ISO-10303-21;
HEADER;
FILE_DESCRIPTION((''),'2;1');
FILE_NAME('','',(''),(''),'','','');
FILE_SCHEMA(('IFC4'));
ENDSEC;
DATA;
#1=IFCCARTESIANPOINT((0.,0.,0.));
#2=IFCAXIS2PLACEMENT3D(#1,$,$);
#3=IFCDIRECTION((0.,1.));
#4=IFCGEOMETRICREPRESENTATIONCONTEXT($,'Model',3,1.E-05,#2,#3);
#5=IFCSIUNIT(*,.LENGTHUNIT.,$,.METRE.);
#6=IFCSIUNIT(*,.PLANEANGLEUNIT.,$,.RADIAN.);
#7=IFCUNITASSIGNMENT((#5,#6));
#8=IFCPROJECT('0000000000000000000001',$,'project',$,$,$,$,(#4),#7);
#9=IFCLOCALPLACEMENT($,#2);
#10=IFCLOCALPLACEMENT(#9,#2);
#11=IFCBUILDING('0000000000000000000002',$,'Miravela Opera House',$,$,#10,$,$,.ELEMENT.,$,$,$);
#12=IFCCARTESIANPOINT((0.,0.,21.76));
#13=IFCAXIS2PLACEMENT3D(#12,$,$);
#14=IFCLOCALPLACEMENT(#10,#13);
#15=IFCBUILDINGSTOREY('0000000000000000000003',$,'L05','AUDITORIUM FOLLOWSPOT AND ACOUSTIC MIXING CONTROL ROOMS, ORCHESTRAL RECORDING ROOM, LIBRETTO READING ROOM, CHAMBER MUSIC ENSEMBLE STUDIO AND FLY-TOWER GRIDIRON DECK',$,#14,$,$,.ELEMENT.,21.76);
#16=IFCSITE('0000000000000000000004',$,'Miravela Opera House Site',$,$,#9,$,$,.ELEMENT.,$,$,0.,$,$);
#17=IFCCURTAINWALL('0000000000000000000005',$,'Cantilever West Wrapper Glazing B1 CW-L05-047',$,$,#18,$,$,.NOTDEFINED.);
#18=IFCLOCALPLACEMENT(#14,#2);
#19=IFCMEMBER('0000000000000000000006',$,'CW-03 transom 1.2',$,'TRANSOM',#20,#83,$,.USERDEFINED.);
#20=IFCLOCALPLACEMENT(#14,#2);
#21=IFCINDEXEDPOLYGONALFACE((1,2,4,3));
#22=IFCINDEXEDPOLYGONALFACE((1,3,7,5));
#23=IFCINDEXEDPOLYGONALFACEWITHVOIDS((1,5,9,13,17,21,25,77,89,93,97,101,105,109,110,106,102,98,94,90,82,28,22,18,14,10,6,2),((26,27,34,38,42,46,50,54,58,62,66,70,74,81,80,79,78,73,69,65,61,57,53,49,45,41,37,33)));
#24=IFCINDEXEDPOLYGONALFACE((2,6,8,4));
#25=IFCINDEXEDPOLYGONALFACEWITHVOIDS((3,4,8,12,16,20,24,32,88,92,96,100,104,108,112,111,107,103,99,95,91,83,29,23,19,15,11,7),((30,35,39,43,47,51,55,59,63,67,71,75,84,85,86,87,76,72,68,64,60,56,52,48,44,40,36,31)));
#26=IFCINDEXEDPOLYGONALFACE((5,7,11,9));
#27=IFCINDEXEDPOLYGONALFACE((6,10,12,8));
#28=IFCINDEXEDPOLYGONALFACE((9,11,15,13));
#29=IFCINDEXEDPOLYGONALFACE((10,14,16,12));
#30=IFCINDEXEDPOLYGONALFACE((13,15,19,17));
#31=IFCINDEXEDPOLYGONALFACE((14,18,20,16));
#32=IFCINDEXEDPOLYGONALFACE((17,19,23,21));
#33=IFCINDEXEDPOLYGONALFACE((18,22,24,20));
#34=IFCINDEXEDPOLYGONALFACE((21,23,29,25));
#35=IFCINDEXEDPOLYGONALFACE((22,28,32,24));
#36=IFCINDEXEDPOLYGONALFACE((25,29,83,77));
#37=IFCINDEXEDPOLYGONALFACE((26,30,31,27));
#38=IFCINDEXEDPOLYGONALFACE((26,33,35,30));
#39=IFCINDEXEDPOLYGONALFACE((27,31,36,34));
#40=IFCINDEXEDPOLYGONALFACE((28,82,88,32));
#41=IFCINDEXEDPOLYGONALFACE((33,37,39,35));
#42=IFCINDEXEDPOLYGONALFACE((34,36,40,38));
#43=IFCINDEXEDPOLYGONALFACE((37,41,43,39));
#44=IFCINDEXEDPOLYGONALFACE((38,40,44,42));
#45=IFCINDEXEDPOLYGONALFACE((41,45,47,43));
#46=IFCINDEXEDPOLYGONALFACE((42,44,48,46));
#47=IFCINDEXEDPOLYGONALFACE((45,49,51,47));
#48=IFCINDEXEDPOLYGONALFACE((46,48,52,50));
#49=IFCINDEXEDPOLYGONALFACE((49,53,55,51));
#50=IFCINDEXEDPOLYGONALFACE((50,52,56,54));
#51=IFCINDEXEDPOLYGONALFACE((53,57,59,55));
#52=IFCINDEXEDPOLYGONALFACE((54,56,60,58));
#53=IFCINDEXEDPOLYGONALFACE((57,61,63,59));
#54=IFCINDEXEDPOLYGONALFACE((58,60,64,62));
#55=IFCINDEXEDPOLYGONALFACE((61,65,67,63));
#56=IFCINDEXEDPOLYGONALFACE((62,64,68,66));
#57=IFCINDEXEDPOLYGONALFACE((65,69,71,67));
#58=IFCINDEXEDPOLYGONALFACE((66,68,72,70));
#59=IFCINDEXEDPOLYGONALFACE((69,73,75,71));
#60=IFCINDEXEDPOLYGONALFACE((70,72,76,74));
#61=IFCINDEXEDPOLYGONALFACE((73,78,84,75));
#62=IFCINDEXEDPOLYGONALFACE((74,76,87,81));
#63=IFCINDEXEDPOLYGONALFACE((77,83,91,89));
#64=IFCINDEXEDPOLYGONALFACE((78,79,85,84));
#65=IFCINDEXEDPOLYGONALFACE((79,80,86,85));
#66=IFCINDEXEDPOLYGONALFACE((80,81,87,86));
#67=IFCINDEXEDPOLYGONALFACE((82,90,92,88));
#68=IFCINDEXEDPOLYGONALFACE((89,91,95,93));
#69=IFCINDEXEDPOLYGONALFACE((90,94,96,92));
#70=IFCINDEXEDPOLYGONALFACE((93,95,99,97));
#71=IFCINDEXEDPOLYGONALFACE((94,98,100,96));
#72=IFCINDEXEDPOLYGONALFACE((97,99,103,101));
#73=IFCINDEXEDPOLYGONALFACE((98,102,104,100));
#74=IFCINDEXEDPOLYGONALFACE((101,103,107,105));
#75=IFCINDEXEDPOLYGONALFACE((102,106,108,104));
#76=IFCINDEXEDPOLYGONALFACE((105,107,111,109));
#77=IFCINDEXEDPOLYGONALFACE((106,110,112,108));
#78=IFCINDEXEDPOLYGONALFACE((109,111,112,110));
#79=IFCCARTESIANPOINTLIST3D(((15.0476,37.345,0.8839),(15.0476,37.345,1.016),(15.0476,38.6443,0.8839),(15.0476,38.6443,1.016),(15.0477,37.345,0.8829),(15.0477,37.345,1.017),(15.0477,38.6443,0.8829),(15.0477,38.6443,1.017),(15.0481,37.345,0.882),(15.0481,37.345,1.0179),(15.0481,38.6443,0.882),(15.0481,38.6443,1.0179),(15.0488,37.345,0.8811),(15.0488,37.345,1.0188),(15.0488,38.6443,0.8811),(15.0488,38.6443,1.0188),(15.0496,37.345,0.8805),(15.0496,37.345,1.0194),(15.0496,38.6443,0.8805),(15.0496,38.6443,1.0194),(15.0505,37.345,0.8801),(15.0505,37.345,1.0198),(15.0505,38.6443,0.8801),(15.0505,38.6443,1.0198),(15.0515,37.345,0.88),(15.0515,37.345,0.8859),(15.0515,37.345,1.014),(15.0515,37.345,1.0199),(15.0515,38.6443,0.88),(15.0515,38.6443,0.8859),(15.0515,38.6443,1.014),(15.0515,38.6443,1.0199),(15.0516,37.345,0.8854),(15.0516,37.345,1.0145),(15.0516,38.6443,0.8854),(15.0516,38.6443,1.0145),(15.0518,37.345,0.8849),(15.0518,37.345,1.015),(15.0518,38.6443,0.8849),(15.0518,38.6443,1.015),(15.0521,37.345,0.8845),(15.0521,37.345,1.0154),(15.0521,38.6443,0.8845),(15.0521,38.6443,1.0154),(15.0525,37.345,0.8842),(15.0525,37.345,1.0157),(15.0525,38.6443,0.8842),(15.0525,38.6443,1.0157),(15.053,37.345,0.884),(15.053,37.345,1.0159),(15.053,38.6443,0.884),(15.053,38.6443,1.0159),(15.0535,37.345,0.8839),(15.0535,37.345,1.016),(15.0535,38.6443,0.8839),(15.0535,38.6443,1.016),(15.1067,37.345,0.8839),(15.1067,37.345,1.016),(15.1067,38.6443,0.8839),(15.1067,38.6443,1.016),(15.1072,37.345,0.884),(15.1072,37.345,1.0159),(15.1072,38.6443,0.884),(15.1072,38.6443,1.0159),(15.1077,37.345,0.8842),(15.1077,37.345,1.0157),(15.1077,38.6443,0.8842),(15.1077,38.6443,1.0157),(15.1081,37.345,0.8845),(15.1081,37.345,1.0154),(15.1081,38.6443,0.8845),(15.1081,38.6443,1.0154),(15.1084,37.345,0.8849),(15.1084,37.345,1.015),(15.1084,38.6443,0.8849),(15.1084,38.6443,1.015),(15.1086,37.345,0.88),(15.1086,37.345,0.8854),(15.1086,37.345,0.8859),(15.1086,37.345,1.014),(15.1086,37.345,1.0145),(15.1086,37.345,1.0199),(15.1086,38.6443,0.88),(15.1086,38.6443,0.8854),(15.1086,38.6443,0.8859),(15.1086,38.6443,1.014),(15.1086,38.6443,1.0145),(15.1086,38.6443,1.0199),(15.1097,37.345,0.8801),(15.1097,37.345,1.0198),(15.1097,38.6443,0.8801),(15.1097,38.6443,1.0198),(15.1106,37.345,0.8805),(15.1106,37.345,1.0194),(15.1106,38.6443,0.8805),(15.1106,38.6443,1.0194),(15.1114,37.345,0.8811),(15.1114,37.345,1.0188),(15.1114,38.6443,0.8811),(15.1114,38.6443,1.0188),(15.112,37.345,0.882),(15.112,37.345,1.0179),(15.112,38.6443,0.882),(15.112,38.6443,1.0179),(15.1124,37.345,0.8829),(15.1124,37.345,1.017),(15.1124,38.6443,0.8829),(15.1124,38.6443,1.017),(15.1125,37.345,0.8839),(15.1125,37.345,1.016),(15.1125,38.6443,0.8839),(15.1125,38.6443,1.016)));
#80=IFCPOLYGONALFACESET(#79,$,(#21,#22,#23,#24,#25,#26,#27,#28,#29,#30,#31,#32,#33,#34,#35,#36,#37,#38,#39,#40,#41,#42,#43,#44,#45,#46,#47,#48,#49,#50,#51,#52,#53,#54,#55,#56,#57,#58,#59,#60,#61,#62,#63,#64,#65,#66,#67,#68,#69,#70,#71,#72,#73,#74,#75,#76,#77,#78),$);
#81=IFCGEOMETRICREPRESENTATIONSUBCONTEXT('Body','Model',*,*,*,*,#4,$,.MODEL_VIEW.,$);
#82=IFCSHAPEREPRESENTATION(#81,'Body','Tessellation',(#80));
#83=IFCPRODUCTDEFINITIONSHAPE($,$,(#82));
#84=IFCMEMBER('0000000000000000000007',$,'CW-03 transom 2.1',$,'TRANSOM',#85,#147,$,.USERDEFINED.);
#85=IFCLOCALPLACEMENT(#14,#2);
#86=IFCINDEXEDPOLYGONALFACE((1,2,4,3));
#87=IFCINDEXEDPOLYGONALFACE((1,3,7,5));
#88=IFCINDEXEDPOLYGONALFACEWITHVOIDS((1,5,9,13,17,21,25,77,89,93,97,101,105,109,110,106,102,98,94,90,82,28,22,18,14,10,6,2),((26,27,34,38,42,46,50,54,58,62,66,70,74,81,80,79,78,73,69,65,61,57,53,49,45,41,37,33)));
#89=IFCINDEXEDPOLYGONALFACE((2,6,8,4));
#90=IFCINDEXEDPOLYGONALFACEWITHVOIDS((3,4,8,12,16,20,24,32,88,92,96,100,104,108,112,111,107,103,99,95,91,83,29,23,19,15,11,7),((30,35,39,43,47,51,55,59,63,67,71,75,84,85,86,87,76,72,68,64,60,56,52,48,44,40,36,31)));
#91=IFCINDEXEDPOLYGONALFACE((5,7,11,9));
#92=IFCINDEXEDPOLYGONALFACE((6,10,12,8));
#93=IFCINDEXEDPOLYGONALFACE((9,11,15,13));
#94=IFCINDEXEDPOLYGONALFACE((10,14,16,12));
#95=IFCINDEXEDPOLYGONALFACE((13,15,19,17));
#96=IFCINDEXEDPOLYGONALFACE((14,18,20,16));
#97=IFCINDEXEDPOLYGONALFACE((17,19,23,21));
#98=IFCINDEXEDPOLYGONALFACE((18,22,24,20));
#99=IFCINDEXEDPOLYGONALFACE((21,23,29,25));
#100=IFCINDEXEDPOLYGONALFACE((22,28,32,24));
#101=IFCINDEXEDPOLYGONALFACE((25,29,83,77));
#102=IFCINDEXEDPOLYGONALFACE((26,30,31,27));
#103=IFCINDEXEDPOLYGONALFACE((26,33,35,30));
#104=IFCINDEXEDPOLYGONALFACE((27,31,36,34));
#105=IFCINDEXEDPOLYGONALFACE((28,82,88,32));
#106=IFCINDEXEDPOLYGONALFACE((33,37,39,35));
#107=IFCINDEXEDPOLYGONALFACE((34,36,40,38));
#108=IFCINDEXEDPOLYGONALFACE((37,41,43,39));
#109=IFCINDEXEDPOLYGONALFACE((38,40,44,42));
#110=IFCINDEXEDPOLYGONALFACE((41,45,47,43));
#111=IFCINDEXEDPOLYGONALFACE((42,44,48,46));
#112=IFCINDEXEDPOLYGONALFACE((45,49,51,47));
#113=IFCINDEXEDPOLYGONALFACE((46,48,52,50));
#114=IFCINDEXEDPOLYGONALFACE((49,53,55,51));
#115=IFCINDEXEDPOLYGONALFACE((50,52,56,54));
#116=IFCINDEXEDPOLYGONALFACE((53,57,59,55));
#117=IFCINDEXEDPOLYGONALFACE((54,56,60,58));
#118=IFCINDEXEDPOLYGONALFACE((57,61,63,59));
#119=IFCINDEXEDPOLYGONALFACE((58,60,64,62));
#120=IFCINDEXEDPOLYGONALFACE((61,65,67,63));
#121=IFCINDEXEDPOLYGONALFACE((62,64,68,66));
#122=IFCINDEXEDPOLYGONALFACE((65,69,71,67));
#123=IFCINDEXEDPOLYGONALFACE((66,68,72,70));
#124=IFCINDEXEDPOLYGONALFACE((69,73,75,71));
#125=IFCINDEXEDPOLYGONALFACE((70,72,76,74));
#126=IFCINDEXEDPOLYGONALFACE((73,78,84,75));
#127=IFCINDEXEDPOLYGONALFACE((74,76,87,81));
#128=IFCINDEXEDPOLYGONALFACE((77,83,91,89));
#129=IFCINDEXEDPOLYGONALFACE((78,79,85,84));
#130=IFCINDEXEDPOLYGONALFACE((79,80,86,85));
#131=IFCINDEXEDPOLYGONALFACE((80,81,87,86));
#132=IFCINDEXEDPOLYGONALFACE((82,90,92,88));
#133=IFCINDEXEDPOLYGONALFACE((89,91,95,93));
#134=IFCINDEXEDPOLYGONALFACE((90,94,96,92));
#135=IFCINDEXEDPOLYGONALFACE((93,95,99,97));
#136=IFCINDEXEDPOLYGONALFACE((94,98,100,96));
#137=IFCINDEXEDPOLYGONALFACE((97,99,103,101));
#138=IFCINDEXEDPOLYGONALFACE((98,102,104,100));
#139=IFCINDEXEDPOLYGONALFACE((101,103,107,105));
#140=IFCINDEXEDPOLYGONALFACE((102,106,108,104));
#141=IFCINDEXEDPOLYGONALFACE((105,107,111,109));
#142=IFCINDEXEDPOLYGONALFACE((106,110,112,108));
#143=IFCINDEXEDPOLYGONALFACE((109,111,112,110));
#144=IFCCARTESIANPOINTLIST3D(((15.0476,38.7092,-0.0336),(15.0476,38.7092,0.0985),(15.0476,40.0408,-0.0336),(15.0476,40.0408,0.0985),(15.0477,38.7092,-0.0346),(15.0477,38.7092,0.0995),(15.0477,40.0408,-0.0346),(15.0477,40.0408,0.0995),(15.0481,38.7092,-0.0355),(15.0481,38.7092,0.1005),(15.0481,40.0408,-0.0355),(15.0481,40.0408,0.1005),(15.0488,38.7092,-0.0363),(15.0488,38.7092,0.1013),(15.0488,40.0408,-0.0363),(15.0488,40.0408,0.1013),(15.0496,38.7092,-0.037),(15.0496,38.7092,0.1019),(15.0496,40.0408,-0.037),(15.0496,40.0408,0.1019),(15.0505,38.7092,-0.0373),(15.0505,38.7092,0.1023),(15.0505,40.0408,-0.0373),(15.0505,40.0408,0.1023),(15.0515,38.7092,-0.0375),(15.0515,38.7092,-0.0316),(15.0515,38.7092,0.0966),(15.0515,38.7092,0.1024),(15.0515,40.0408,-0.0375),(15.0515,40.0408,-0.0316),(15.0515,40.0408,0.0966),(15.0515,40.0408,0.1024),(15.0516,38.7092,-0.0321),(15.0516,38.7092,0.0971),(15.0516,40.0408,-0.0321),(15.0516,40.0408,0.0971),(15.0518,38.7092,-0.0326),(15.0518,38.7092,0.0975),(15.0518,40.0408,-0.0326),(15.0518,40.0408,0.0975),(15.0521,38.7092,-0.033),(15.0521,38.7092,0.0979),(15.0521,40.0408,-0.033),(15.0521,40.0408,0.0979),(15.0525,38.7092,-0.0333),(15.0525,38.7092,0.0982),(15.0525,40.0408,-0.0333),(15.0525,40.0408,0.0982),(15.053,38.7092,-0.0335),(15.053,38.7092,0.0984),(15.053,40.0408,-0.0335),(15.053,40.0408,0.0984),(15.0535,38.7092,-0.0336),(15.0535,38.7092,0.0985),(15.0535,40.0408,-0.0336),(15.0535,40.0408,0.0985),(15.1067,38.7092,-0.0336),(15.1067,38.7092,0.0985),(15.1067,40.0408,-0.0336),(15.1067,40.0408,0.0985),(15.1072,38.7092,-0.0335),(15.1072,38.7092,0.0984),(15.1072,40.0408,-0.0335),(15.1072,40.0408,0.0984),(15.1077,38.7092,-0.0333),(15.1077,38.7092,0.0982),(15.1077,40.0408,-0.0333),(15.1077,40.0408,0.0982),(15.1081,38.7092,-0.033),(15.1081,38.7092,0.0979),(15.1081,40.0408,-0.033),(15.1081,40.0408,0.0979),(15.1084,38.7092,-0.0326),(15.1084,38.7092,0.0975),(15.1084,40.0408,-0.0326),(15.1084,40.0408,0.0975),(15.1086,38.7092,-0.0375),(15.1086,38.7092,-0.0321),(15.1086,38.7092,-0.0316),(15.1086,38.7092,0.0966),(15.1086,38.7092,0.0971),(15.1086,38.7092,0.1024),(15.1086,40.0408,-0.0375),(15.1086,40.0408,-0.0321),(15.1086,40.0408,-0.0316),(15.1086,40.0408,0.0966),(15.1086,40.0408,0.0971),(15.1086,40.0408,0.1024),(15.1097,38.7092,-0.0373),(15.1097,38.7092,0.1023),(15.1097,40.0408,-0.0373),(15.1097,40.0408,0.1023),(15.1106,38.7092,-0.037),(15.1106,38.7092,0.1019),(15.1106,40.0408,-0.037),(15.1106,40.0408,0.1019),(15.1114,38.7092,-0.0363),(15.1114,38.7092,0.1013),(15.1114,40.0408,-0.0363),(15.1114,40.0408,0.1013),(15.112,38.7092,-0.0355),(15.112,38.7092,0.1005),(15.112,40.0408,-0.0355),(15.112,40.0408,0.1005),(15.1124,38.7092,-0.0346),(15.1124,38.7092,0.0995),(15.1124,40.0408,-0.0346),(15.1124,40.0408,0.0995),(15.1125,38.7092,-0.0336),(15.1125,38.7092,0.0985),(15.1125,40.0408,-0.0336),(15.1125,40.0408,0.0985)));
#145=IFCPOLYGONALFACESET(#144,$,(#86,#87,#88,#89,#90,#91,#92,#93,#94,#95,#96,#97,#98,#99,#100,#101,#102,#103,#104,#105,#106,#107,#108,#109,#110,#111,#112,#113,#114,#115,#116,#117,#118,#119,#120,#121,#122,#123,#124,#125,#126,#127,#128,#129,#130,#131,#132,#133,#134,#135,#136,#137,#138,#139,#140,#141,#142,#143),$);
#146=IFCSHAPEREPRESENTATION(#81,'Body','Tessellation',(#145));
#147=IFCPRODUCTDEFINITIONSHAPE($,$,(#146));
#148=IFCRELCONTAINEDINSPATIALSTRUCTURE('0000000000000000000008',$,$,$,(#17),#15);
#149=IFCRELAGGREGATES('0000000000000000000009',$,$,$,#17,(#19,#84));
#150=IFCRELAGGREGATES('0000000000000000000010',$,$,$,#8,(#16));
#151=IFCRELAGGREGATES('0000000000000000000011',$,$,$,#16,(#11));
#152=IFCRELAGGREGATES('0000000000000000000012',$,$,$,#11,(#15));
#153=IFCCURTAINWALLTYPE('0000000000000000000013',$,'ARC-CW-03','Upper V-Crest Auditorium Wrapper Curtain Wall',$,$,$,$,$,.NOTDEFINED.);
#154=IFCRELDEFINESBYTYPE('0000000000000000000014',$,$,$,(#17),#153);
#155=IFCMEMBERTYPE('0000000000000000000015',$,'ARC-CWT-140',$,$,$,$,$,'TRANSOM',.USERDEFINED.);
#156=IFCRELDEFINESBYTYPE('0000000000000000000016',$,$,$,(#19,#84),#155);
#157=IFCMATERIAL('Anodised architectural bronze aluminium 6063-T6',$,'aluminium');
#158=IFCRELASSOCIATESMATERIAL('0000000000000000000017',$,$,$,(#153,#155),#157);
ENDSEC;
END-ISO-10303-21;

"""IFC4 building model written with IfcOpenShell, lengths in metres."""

from ifc_helpers import new_model, si_unit, direction, frame, origin, origin_2d, place, context, subcontext, project, spatial, hollow_rectangle, extrude, material, material_profile, profile_set, type_object, element, aggregate, save


model = new_model("IFC4")

# Units and contexts
model_context = context("Model", 3, precision=1e-05, world=origin(), true_north=direction((0.0, 1.0)))
body_context = subcontext(model_context, "Body", "Model", "MODEL_VIEW")
ifc_project = project(units=[si_unit("LENGTHUNIT", "METRE"), si_unit("PLANEANGLEUNIT", "RADIAN")], contexts=[model_context])

# Site, building, storey
site_placement = place(None, origin())
site = spatial("IfcSite", under=ifc_project, at=site_placement, Name="Miravela Opera House Site", CompositionType="ELEMENT", RefElevation=0.0)
building_placement = place(site_placement, origin())
building = spatial("IfcBuilding", under=site, at=building_placement, Name="Miravela Opera House", CompositionType="ELEMENT")
storey_placement = place(building_placement, frame((0.0, 0.0, 21.76)))
storey = spatial("IfcBuildingStorey", under=building, at=storey_placement, Name="L05", Description="AUDITORIUM FOLLOWSPOT AND ACOUSTIC MIXING CONTROL ROOMS, ORCHESTRAL RECORDING ROOM, LIBRETTO READING ROOM, CHAMBER MUSIC ENSEMBLE STUDIO AND FLY-TOWER GRIDIRON DECK", CompositionType="ELEMENT", Elevation=21.76)

# Curtain wall
ifc_material_1 = material(Name="Anodised architectural bronze aluminium 6063-T6", Category="aluminium")
curtain_wall_type = type_object("IfcCurtainWallType", Name="ARC-CW-03", Description="Upper V-Crest Auditorium Wrapper Curtain Wall", PredefinedType="NOTDEFINED", material=ifc_material_1)
curtain_wall_1_placement = place(storey_placement, origin())
curtain_wall_1 = element("IfcCurtainWall", 1, at=curtain_wall_1_placement, inside=storey, type_object=curtain_wall_type, Name="Cantilever West Wrapper Glazing B1 CW-L05-047", PredefinedType="NOTDEFINED")

# Members
ifc_material_profile_1 = material_profile(ifc_material_1, hollow_rectangle(XDim=0.0649, YDim=0.1399, WallThickness=0.0039, InnerFilletRadius=0.002, OuterFilletRadius=0.0039, at=origin_2d()), Name="CWT-65X140")
ifc_profile_set_1 = profile_set([ifc_material_profile_1])
member_type_1 = type_object("IfcMemberType", Name="ARC-CWT-140", ElementType="TRANSOM", PredefinedType="USERDEFINED", material=ifc_profile_set_1)
member_1_placement = place(storey_placement, frame((15.0801, 37.345, 0.95), z_axis=(0.0, 1.0, 0.0), x_axis=(-1.0, 0.0, 0.0)))
member_1 = element("IfcMember", 2, at=member_1_placement, type_object=member_type_1, Name="CW-03 transom 1.2", ObjectType="TRANSOM", PredefinedType="USERDEFINED", context=body_context, shape_type="SweptSolid", body=[
    extrude(hollow_rectangle(XDim=0.0649, YDim=0.1399, WallThickness=0.0039, InnerFilletRadius=0.002, OuterFilletRadius=0.0039, at=origin_2d()), origin(), (0.0, 0.0, 1.0), 1.2993),
])
member_2_placement = place(storey_placement, frame((15.0801, 38.7092, 0.0325), z_axis=(0.0, 1.0, 0.0), x_axis=(-1.0, 0.0, 0.0)))
member_2 = element("IfcMember", 3, at=member_2_placement, type_object=member_type_1, Name="CW-03 transom 2.1", ObjectType="TRANSOM", PredefinedType="USERDEFINED", context=body_context, shape_type="SweptSolid", body=[
    extrude(hollow_rectangle(XDim=0.0649, YDim=0.1399, WallThickness=0.0039, InnerFilletRadius=0.002, OuterFilletRadius=0.0039, at=origin_2d()), origin(), (0.0, 0.0, 1.0), 1.3315),
])

aggregate(curtain_wall_1, [member_1, member_2])

save(model, "model.ifc")
